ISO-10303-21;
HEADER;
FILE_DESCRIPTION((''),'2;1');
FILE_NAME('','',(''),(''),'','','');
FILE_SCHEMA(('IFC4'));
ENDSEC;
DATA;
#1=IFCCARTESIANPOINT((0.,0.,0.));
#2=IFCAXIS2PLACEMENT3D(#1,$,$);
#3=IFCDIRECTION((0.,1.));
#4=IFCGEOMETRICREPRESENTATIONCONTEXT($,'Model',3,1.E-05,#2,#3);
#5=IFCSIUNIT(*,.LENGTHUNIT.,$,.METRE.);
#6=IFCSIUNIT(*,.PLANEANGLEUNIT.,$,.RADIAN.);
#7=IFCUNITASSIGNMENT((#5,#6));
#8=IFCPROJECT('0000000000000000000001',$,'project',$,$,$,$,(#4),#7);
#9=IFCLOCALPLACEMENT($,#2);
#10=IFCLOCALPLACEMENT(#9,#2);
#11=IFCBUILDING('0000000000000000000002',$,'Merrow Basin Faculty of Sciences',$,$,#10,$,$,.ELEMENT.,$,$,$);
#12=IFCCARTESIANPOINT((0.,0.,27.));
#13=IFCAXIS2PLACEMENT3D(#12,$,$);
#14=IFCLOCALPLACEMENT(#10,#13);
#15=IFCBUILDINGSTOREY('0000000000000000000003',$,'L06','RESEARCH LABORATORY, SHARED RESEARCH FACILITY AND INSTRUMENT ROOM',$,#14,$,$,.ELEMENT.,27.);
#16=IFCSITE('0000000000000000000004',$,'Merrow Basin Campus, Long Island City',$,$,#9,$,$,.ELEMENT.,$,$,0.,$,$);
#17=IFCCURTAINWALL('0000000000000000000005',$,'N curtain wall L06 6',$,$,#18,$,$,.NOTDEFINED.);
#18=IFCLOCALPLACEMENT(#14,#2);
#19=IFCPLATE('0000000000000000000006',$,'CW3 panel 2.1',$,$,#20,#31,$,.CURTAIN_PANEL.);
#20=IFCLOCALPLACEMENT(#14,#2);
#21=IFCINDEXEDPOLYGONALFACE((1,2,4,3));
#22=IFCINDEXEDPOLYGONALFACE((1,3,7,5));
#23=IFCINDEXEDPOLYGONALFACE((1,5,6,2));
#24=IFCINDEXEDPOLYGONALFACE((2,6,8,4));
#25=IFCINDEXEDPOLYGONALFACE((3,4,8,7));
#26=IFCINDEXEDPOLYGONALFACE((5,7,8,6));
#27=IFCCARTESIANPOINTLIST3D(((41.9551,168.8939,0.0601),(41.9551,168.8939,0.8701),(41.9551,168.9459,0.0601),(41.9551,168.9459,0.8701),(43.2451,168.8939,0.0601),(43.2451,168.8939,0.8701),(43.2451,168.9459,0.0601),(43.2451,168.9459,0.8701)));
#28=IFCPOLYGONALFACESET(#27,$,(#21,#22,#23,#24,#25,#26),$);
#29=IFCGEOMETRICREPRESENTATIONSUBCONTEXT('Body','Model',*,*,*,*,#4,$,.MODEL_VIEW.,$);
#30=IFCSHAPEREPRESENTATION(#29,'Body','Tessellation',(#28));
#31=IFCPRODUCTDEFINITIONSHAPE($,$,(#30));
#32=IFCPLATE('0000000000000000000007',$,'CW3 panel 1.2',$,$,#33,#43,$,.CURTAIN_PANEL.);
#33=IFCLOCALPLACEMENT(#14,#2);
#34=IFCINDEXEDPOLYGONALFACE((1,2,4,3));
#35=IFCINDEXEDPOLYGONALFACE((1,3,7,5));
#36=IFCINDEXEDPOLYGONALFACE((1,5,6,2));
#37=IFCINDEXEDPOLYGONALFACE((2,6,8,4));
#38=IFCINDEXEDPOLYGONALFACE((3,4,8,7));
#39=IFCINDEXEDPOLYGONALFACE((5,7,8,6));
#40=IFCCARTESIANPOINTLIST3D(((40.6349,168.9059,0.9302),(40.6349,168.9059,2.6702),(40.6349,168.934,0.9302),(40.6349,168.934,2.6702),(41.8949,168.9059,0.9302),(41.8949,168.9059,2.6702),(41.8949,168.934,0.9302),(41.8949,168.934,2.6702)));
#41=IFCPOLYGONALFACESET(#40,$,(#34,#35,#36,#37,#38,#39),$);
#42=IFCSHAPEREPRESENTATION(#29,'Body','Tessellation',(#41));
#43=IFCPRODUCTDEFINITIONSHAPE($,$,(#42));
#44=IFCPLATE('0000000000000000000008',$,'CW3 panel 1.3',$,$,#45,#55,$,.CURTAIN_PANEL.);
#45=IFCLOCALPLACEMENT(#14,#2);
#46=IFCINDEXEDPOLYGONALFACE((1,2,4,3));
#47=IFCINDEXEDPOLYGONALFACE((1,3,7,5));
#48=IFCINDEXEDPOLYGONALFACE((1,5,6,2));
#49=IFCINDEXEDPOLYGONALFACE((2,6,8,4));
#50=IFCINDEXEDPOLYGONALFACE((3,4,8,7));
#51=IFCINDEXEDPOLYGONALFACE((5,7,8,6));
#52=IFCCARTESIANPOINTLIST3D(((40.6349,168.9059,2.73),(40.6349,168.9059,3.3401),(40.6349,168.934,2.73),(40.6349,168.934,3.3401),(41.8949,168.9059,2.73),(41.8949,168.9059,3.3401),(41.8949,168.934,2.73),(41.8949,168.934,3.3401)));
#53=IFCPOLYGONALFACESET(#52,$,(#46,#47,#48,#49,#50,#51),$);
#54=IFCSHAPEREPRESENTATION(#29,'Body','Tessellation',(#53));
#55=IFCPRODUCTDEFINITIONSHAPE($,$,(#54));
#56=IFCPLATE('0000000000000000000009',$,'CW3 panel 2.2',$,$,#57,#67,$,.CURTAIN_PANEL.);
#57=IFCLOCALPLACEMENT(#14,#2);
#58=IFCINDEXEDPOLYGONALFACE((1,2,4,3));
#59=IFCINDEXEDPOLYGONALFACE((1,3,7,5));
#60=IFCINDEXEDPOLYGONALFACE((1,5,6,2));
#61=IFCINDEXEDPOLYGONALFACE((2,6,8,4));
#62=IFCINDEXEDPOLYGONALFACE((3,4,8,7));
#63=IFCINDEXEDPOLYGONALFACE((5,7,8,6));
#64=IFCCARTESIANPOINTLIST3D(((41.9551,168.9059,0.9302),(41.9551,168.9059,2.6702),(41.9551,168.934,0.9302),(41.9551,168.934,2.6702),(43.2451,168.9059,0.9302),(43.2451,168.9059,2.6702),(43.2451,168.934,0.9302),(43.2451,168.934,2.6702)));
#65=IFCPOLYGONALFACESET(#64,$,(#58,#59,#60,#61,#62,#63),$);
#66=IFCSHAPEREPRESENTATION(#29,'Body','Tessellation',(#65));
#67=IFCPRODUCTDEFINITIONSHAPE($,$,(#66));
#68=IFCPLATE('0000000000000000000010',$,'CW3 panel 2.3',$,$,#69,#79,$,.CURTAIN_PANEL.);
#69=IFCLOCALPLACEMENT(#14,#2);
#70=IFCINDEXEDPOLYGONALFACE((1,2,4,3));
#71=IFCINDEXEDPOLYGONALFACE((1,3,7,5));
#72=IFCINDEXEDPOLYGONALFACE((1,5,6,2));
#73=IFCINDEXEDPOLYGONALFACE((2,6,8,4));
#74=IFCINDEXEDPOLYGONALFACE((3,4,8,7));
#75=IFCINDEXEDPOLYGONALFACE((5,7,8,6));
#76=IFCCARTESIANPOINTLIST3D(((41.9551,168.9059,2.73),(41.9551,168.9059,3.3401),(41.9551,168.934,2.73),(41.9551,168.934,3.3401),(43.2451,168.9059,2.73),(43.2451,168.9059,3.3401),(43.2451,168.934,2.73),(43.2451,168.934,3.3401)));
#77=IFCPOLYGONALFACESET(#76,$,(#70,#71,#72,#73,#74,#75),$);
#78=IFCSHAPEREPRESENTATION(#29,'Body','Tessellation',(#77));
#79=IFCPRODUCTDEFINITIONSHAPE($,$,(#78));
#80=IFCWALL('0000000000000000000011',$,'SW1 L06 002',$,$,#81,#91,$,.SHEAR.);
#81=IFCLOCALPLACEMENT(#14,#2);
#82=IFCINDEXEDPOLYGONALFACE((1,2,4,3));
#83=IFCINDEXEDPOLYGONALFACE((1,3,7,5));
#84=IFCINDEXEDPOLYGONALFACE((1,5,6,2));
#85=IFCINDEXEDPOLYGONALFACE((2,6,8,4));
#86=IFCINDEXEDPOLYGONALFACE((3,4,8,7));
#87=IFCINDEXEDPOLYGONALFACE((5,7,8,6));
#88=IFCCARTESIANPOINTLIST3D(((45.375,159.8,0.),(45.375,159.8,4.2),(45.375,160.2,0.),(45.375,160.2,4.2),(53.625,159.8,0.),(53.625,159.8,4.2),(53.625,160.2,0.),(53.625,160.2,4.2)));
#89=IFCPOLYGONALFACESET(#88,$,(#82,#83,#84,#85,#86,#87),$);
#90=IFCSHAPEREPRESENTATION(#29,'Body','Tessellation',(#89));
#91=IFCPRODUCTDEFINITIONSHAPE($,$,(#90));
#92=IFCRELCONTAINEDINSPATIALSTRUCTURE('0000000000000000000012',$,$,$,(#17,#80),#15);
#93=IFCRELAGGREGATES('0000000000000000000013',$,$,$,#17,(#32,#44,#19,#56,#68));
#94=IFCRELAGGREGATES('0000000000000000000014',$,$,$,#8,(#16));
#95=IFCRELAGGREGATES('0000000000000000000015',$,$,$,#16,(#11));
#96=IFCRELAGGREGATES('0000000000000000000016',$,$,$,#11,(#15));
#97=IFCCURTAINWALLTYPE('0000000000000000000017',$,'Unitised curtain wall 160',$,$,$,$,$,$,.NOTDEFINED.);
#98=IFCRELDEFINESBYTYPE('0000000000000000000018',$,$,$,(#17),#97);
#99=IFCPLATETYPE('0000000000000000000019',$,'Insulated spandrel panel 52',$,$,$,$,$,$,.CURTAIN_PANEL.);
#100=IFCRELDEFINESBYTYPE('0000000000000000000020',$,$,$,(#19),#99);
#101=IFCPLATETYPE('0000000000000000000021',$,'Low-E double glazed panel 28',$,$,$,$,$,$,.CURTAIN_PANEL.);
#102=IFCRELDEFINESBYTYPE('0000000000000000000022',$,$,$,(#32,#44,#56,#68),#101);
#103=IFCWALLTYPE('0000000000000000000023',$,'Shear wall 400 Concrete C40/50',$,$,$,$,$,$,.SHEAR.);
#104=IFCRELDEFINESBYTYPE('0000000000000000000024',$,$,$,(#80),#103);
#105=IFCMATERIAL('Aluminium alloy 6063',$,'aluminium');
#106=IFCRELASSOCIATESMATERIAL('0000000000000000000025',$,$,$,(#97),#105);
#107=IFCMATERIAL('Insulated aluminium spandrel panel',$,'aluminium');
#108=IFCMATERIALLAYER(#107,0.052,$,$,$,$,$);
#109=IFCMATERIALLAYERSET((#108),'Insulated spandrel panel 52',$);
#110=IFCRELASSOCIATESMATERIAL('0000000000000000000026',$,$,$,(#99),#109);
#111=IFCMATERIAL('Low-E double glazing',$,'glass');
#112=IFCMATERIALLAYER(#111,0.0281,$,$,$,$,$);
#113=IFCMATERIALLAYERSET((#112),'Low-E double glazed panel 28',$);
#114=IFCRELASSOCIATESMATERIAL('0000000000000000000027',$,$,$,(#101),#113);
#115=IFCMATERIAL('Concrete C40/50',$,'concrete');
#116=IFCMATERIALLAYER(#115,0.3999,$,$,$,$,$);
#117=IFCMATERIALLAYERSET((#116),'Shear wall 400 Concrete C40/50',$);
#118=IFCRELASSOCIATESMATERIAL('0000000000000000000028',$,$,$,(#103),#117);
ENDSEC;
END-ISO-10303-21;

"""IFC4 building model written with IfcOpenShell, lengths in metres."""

from ifc_helpers import new_model, si_unit, direction, frame, frame_2d, origin, origin_2d, place, context, subcontext, project, spatial, rectangle, extrude, material, layer, layer_set, type_object, element, aggregate, save


model = new_model("IFC4")

# Units and contexts
model_context = context("Model", 3, precision=1e-05, world=origin(), true_north=direction((0.0, 1.0)))
body_context = subcontext(model_context, "Body", "Model", "MODEL_VIEW")
ifc_project = project(units=[si_unit("LENGTHUNIT", "METRE"), si_unit("PLANEANGLEUNIT", "RADIAN")], contexts=[model_context])

# Site, building, storey
site_placement = place(None, origin())
site = spatial("IfcSite", under=ifc_project, at=site_placement, Name="Merrow Basin Campus, Long Island City", CompositionType="ELEMENT", RefElevation=0.0)
building_placement = place(site_placement, origin())
building = spatial("IfcBuilding", under=site, at=building_placement, Name="Merrow Basin Faculty of Sciences", CompositionType="ELEMENT")
storey_placement = place(building_placement, frame((0.0, 0.0, 27.0)))
storey = spatial("IfcBuildingStorey", under=building, at=storey_placement, Name="L06", Description="RESEARCH LABORATORY, SHARED RESEARCH FACILITY AND INSTRUMENT ROOM", CompositionType="ELEMENT", Elevation=27.0)

# Curtain wall
ifc_material_1 = material(Name="Aluminium alloy 6063", Category="aluminium")
curtain_wall_type = type_object("IfcCurtainWallType", Name="Unitised curtain wall 160", PredefinedType="NOTDEFINED", material=ifc_material_1)
curtain_wall_placement = place(storey_placement, origin())
curtain_wall = element("IfcCurtainWall", 1, at=curtain_wall_placement, inside=storey, type_object=curtain_wall_type, Name="N curtain wall L06 6", PredefinedType="NOTDEFINED")

# Plates
ifc_material_2 = material(Name="Insulated aluminium spandrel panel", Category="aluminium")
ifc_layer_1 = layer(ifc_material_2, 0.052)
ifc_layer_set_1 = layer_set([ifc_layer_1], Name="Insulated spandrel panel 52")
plate_type_1 = type_object("IfcPlateType", Name="Insulated spandrel panel 52", PredefinedType="CURTAIN_PANEL", material=ifc_layer_set_1)
plate_1_placement = place(storey_placement, frame((42.6001, 168.9199, 0.0601), z_axis=(0.0, 0.0, 1.0), x_axis=(1.0, 0.0, 0.0)))
plate_1 = element("IfcPlate", 2, at=plate_1_placement, type_object=plate_type_1, Name="CW3 panel 2.1", PredefinedType="CURTAIN_PANEL", context=body_context, shape_type="SweptSolid", body=[
    extrude(rectangle(XDim=1.29, YDim=0.052, at=origin_2d()), origin(), (0.0, 0.0, 1.0), 0.8101),
])
ifc_material_3 = material(Name="Low-E double glazing", Category="glass")
ifc_layer_2 = layer(ifc_material_3, 0.0281)
ifc_layer_set_2 = layer_set([ifc_layer_2], Name="Low-E double glazed panel 28")
plate_type_2 = type_object("IfcPlateType", Name="Low-E double glazed panel 28", PredefinedType="CURTAIN_PANEL", material=ifc_layer_set_2)
plate_2_placement = place(storey_placement, frame((41.2649, 168.9199, 0.9302), z_axis=(0.0, 0.0, 1.0), x_axis=(1.0, 0.0, 0.0)))
plate_2 = element("IfcPlate", 3, at=plate_2_placement, type_object=plate_type_2, Name="CW3 panel 1.2", PredefinedType="CURTAIN_PANEL", context=body_context, shape_type="SweptSolid", body=[
    extrude(rectangle(XDim=1.26, YDim=0.0281, at=origin_2d()), origin(), (0.0, 0.0, 1.0), 1.74),
])
plate_3_placement = place(storey_placement, frame((41.2649, 168.9199, 2.73), z_axis=(0.0, 0.0, 1.0), x_axis=(1.0, 0.0, 0.0)))
plate_3 = element("IfcPlate", 4, at=plate_3_placement, type_object=plate_type_2, Name="CW3 panel 1.3", PredefinedType="CURTAIN_PANEL", context=body_context, shape_type="SweptSolid", body=[
    extrude(rectangle(XDim=1.26, YDim=0.0281, at=origin_2d()), origin(), (0.0, 0.0, 1.0), 0.6101),
])
plate_4_placement = place(storey_placement, frame((42.6001, 168.9199, 0.9302), z_axis=(0.0, 0.0, 1.0), x_axis=(1.0, 0.0, 0.0)))
plate_4 = element("IfcPlate", 5, at=plate_4_placement, type_object=plate_type_2, Name="CW3 panel 2.2", PredefinedType="CURTAIN_PANEL", context=body_context, shape_type="SweptSolid", body=[
    extrude(rectangle(XDim=1.29, YDim=0.0281, at=origin_2d()), origin(), (0.0, 0.0, 1.0), 1.74),
])
plate_5_placement = place(storey_placement, frame((42.6001, 168.9199, 2.73), z_axis=(0.0, 0.0, 1.0), x_axis=(1.0, 0.0, 0.0)))
plate_5 = element("IfcPlate", 6, at=plate_5_placement, type_object=plate_type_2, Name="CW3 panel 2.3", PredefinedType="CURTAIN_PANEL", context=body_context, shape_type="SweptSolid", body=[
    extrude(rectangle(XDim=1.29, YDim=0.0281, at=origin_2d()), origin(), (0.0, 0.0, 1.0), 0.6101),
])
aggregate(curtain_wall, [plate_2, plate_3, plate_1, plate_4, plate_5])

# Wall
ifc_material_4 = material(Name="Concrete C40/50", Category="concrete")
ifc_layer_3 = layer(ifc_material_4, 0.3999)
ifc_layer_set_3 = layer_set([ifc_layer_3], Name="Shear wall 400 Concrete C40/50")
wall_type = type_object("IfcWallType", Name="Shear wall 400 Concrete C40/50", PredefinedType="SHEAR", material=ifc_layer_set_3)
wall_placement = place(storey_placement, frame((45.375, 160.0, 0.0), z_axis=(0.0, 0.0, 1.0), x_axis=(1.0, 0.0, 0.0)))
element("IfcWall", 7, at=wall_placement, inside=storey, type_object=wall_type, Name="SW1 L06 002", PredefinedType="SHEAR", context=body_context, shape_type="SweptSolid", body=[
    extrude(rectangle(XDim=8.25, YDim=0.3999, at=frame_2d((4.125, 0.0))), origin(), (0.0, 0.0, 1.0), 4.2),
])

save(model, "model.ifc")
